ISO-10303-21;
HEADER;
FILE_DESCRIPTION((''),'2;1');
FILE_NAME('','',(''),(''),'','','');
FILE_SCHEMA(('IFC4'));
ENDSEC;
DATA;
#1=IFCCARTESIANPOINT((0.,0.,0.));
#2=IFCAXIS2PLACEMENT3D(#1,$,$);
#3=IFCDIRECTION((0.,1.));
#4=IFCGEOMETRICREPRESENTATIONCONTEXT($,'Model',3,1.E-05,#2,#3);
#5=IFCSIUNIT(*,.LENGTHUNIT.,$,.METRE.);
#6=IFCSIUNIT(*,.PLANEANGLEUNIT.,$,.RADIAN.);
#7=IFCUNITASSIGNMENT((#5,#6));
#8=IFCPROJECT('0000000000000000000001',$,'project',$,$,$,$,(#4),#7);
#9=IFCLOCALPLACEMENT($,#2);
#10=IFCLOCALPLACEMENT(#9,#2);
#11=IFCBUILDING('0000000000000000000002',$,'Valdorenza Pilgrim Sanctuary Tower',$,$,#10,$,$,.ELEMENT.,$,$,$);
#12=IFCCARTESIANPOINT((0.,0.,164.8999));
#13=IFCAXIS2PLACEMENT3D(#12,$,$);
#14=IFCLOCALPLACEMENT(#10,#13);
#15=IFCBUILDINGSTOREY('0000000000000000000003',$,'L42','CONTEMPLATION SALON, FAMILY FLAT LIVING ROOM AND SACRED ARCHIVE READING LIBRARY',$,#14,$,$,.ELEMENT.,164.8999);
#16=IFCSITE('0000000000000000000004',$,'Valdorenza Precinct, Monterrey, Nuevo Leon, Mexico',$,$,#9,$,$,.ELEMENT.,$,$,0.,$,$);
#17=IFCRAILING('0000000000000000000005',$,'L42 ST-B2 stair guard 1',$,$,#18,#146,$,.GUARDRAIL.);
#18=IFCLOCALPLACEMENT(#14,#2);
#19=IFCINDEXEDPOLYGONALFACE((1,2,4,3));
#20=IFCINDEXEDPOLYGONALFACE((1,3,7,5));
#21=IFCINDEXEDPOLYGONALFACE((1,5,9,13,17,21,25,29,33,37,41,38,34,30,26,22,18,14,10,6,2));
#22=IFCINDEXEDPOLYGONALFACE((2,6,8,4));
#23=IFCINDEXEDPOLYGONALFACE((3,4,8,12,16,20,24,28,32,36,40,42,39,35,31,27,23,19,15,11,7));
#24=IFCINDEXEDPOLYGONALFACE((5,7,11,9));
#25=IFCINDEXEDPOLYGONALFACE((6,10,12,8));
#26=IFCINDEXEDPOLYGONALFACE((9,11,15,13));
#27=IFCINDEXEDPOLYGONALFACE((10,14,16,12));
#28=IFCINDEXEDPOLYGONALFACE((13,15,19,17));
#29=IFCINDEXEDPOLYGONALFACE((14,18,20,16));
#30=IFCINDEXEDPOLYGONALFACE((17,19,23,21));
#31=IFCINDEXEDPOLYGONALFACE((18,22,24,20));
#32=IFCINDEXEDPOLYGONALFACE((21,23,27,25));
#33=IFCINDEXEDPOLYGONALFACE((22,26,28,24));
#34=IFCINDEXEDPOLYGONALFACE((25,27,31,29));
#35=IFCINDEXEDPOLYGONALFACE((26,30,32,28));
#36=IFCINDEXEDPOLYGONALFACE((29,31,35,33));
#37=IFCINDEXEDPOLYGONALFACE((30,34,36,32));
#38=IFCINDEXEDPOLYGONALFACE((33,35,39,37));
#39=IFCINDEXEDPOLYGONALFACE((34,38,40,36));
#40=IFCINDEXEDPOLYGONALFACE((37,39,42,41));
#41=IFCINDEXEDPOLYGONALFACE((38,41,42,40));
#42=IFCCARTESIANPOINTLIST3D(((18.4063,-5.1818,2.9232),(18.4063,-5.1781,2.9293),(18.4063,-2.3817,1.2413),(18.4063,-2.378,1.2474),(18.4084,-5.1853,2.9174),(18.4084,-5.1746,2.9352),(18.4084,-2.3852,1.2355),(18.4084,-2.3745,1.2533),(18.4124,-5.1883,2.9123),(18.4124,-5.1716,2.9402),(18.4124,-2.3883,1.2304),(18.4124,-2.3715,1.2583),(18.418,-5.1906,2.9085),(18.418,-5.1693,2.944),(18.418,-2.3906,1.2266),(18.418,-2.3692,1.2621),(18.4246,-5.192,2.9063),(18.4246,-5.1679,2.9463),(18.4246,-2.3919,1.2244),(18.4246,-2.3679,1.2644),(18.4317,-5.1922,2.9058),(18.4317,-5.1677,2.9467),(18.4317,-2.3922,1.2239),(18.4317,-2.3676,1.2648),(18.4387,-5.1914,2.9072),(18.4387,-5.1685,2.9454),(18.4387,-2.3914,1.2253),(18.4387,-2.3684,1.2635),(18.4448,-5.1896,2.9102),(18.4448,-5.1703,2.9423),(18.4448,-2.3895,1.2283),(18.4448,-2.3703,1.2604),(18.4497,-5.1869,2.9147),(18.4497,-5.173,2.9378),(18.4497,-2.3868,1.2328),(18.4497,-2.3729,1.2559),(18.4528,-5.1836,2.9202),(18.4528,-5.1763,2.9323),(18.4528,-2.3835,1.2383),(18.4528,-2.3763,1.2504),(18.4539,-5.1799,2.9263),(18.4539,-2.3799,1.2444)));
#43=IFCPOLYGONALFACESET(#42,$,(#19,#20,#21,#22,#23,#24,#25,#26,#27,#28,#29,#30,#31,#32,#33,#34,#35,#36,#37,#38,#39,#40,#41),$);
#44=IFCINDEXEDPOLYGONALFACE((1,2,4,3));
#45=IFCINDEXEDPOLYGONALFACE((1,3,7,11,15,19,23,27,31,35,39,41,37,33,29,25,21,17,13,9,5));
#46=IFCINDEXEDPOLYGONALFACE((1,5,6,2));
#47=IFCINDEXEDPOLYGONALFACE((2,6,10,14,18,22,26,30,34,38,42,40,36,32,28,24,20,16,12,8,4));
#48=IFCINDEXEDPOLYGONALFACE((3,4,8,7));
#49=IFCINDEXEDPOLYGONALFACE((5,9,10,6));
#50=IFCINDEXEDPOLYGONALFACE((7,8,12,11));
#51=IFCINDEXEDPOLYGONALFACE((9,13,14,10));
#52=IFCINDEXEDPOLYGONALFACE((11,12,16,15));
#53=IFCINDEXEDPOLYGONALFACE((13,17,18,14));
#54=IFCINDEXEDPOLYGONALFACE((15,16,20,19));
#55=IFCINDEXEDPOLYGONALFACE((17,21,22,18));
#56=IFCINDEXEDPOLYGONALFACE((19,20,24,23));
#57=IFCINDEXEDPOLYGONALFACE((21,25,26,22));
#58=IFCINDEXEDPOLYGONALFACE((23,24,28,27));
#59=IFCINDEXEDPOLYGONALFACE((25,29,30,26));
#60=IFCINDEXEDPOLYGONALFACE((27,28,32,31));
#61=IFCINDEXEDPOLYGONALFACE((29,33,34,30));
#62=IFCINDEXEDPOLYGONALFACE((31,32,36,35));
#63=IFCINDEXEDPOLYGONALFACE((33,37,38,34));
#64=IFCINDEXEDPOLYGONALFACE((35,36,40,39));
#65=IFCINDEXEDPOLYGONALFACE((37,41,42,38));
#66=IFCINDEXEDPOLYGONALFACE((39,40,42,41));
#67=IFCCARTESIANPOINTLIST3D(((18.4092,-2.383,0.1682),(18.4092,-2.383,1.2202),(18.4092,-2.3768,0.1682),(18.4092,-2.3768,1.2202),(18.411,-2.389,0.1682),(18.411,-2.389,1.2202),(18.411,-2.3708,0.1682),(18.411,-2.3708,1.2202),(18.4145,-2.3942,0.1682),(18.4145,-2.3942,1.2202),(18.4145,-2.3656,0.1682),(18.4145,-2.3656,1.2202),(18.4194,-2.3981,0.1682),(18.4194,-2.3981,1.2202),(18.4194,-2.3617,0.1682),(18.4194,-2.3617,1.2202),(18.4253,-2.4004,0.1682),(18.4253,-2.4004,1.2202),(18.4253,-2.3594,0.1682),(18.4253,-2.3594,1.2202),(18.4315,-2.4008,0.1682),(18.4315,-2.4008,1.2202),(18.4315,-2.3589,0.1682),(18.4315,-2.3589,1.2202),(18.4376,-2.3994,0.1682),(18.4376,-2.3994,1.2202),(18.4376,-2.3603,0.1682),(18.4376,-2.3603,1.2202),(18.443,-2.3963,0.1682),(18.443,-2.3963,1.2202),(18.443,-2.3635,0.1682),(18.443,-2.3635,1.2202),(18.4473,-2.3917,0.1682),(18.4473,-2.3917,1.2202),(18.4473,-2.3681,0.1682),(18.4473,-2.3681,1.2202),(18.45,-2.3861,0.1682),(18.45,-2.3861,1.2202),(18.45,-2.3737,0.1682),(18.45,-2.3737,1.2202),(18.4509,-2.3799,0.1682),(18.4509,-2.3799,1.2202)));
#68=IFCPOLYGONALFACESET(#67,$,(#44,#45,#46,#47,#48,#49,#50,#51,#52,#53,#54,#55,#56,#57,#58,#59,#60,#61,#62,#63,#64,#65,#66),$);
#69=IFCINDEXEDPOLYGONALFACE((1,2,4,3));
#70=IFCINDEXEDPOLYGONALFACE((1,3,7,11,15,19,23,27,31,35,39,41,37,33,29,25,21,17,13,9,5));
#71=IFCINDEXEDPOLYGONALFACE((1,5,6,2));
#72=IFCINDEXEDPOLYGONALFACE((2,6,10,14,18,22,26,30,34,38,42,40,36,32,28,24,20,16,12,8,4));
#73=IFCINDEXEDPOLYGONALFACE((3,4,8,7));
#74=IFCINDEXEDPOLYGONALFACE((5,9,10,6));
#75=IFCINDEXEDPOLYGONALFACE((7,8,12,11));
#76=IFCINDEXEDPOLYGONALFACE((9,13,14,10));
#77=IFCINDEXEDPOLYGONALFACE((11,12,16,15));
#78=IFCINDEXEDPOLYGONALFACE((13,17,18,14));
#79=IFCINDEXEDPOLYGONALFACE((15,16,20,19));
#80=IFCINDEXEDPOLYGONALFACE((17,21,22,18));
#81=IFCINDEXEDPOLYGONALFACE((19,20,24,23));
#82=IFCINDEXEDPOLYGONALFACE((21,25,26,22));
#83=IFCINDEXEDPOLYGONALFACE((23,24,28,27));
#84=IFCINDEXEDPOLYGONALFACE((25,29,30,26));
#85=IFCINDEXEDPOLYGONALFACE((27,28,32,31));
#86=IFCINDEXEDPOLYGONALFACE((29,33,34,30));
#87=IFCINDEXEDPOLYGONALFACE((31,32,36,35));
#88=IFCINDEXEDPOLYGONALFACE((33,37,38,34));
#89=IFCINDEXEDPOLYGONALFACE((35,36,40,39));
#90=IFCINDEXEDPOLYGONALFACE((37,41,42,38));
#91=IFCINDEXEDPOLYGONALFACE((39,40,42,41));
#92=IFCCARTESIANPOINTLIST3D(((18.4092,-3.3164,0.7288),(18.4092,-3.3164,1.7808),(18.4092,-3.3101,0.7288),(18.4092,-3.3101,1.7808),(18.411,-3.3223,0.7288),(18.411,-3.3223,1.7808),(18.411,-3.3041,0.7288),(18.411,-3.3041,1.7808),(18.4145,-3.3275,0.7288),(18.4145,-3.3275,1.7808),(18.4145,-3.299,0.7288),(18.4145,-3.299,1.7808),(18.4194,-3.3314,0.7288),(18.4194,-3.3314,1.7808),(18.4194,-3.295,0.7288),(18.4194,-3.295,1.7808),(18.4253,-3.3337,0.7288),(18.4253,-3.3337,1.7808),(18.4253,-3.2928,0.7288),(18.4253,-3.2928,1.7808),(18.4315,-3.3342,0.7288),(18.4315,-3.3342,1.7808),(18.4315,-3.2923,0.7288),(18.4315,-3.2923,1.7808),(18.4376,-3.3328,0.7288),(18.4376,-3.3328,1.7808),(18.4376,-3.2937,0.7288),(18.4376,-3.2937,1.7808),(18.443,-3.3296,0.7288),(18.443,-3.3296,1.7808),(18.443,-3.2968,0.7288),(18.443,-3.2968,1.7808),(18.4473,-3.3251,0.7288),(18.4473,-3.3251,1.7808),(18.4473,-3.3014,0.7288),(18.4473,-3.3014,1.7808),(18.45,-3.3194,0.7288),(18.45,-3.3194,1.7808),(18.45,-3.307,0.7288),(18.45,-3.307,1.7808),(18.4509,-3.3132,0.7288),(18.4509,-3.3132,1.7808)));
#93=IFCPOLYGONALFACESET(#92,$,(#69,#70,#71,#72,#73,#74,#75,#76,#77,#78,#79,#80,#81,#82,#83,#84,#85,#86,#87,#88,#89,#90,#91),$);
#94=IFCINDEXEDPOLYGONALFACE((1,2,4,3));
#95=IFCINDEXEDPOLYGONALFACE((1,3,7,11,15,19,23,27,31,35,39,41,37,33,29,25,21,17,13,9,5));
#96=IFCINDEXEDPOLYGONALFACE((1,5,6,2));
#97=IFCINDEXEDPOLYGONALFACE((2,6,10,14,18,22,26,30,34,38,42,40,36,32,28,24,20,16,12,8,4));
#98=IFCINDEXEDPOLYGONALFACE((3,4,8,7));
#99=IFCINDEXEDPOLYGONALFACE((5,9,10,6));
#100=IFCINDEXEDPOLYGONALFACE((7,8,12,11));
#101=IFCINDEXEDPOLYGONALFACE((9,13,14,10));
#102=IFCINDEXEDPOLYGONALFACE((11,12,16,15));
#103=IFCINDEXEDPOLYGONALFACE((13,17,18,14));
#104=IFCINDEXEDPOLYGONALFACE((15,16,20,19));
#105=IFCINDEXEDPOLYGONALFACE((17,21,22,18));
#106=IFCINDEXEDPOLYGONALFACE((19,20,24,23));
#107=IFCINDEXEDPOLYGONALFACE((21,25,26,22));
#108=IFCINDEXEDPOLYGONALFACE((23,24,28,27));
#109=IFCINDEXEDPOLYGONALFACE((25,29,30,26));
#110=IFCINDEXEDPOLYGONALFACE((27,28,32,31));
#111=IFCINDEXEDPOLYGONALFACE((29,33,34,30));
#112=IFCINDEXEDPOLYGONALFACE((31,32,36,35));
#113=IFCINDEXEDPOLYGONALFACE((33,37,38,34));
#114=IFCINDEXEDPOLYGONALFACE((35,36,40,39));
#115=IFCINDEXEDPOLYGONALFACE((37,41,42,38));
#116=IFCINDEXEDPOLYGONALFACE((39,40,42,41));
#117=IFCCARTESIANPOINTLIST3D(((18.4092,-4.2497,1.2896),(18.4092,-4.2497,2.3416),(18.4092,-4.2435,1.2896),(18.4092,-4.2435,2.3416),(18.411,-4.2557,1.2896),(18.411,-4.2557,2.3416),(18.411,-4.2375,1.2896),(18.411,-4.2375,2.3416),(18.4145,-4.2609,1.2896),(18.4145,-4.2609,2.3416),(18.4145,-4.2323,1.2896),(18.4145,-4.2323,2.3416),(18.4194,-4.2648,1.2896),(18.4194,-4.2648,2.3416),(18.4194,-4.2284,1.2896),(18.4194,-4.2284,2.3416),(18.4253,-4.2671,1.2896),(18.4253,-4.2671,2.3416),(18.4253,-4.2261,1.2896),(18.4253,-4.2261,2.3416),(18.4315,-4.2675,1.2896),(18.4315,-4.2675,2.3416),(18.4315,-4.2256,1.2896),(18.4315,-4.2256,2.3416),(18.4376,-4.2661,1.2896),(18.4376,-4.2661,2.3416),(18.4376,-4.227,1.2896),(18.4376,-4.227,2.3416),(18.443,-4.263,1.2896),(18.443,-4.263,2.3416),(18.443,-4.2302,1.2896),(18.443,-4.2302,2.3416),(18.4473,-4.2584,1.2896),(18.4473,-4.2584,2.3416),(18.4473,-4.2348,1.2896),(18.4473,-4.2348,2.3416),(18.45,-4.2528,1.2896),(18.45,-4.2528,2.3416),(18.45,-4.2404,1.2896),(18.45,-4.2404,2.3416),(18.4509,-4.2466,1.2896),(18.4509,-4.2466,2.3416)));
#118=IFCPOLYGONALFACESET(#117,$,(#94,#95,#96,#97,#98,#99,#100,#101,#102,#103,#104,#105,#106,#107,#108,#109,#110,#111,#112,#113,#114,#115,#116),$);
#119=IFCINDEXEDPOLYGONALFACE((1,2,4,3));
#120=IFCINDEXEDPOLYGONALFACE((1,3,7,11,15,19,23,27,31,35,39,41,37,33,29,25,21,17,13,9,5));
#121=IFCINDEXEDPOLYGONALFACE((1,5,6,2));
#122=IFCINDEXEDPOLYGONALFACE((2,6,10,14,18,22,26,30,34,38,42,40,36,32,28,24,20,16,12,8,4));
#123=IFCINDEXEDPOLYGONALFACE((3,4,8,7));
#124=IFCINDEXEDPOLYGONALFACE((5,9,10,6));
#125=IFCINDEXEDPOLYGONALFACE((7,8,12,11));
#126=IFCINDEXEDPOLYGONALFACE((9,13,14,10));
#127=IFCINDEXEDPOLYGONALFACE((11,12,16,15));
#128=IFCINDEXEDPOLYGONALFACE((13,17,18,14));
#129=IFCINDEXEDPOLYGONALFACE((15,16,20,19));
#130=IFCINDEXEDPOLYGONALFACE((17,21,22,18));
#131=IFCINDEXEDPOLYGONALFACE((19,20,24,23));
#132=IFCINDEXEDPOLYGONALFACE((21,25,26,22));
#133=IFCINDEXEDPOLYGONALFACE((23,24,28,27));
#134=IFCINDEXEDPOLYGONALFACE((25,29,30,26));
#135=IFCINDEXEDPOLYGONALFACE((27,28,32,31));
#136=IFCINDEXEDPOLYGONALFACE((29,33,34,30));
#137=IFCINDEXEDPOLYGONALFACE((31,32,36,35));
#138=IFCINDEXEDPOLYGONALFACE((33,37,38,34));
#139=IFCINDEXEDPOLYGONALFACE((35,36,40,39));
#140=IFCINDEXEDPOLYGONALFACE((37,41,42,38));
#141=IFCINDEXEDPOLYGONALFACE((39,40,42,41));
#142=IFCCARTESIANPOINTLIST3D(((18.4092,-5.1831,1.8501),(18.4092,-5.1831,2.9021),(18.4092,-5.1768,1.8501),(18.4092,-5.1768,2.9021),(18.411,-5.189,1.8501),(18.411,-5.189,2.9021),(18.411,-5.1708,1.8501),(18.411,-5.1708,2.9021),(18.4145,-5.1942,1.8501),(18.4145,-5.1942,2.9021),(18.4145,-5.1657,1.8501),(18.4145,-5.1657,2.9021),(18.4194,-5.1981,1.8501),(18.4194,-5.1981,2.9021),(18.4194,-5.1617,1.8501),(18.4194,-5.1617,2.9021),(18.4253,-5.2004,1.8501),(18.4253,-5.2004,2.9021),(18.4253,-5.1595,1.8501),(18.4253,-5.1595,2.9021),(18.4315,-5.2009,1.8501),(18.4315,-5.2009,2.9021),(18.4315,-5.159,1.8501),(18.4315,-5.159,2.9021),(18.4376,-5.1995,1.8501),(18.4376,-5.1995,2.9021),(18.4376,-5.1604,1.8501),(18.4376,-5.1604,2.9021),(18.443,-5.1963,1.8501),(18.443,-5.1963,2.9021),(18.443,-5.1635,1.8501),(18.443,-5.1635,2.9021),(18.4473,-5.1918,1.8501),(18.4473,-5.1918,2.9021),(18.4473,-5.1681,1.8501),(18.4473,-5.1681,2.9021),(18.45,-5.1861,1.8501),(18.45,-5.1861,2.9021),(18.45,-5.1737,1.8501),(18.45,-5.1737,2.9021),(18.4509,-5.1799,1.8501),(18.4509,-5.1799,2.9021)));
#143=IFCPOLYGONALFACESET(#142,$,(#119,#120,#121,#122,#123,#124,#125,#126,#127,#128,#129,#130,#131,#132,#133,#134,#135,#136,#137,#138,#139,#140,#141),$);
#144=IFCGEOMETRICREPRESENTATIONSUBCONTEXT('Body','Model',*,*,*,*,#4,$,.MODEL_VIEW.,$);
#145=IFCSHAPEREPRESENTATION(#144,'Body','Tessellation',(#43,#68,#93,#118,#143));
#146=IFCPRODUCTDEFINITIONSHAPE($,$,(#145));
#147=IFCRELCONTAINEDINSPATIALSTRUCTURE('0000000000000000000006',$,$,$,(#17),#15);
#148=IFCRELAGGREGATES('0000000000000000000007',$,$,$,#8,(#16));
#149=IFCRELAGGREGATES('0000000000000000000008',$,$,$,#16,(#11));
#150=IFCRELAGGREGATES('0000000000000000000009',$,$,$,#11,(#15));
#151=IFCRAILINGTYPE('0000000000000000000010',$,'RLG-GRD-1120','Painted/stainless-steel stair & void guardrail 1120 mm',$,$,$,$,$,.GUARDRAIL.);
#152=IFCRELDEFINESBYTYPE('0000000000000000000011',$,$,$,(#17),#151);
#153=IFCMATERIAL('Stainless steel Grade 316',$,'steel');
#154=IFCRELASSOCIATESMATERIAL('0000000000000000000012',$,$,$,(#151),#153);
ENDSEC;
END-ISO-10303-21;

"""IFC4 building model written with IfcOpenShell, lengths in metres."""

from ifc_helpers import new_model, si_unit, direction, frame, origin, origin_2d, place, context, subcontext, project, spatial, circle, extrude, material, type_object, element, save


model = new_model("IFC4")

# Units and contexts
model_context = context("Model", 3, precision=1e-05, world=origin(), true_north=direction((0.0, 1.0)))
body_context = subcontext(model_context, "Body", "Model", "MODEL_VIEW")
ifc_project = project(units=[si_unit("LENGTHUNIT", "METRE"), si_unit("PLANEANGLEUNIT", "RADIAN")], contexts=[model_context])

# Site, building, storey
site_placement = place(None, origin())
site = spatial("IfcSite", under=ifc_project, at=site_placement, Name="Valdorenza Precinct, Monterrey, Nuevo Leon, Mexico", CompositionType="ELEMENT", RefElevation=0.0)
building_placement = place(site_placement, origin())
building = spatial("IfcBuilding", under=site, at=building_placement, Name="Valdorenza Pilgrim Sanctuary Tower", CompositionType="ELEMENT")
storey_placement = place(building_placement, frame((0.0, 0.0, 164.8999)))
storey = spatial("IfcBuildingStorey", under=building, at=storey_placement, Name="L42", Description="CONTEMPLATION SALON, FAMILY FLAT LIVING ROOM AND SACRED ARCHIVE READING LIBRARY", CompositionType="ELEMENT", Elevation=164.8999)

# Railing
ifc_material_1 = material(Name="Stainless steel Grade 316", Category="steel")
railing_type_1 = type_object("IfcRailingType", Name="RLG-GRD-1120", Description="Painted/stainless-steel stair & void guardrail 1120 mm", PredefinedType="GUARDRAIL", material=ifc_material_1)
railing_1_placement = place(storey_placement, frame((18.4299, -2.3799, 0.1682)))
element("IfcRailing", 1, at=railing_1_placement, inside=storey, type_object=railing_type_1, Name="L42 ST-B2 stair guard 1", PredefinedType="GUARDRAIL", context=body_context, shape_type="SweptSolid", body=[
    extrude(circle(Radius=0.0239, at=origin_2d()), frame((0.0, 0.0, 1.0762), z_axis=(0.0, -0.857242, 0.514913), x_axis=(1.0, 0.0, 0.0)), (0.0, 0.0, 1.0), 3.2664),
    extrude(circle(Radius=0.021, at=origin_2d()), origin(), (0.0, 0.0, 1.0), 1.052),
    extrude(circle(Radius=0.021, at=origin_2d()), frame((0.0, -0.9333, 0.5605)), (0.0, 0.0, 1.0), 1.052),
    extrude(circle(Radius=0.021, at=origin_2d()), frame((0.0, -1.8667, 1.1213)), (0.0, 0.0, 1.0), 1.052),
    extrude(circle(Radius=0.021, at=origin_2d()), frame((0.0, -2.8, 1.6819)), (0.0, 0.0, 1.0), 1.052),
])

save(model, "model.ifc")
